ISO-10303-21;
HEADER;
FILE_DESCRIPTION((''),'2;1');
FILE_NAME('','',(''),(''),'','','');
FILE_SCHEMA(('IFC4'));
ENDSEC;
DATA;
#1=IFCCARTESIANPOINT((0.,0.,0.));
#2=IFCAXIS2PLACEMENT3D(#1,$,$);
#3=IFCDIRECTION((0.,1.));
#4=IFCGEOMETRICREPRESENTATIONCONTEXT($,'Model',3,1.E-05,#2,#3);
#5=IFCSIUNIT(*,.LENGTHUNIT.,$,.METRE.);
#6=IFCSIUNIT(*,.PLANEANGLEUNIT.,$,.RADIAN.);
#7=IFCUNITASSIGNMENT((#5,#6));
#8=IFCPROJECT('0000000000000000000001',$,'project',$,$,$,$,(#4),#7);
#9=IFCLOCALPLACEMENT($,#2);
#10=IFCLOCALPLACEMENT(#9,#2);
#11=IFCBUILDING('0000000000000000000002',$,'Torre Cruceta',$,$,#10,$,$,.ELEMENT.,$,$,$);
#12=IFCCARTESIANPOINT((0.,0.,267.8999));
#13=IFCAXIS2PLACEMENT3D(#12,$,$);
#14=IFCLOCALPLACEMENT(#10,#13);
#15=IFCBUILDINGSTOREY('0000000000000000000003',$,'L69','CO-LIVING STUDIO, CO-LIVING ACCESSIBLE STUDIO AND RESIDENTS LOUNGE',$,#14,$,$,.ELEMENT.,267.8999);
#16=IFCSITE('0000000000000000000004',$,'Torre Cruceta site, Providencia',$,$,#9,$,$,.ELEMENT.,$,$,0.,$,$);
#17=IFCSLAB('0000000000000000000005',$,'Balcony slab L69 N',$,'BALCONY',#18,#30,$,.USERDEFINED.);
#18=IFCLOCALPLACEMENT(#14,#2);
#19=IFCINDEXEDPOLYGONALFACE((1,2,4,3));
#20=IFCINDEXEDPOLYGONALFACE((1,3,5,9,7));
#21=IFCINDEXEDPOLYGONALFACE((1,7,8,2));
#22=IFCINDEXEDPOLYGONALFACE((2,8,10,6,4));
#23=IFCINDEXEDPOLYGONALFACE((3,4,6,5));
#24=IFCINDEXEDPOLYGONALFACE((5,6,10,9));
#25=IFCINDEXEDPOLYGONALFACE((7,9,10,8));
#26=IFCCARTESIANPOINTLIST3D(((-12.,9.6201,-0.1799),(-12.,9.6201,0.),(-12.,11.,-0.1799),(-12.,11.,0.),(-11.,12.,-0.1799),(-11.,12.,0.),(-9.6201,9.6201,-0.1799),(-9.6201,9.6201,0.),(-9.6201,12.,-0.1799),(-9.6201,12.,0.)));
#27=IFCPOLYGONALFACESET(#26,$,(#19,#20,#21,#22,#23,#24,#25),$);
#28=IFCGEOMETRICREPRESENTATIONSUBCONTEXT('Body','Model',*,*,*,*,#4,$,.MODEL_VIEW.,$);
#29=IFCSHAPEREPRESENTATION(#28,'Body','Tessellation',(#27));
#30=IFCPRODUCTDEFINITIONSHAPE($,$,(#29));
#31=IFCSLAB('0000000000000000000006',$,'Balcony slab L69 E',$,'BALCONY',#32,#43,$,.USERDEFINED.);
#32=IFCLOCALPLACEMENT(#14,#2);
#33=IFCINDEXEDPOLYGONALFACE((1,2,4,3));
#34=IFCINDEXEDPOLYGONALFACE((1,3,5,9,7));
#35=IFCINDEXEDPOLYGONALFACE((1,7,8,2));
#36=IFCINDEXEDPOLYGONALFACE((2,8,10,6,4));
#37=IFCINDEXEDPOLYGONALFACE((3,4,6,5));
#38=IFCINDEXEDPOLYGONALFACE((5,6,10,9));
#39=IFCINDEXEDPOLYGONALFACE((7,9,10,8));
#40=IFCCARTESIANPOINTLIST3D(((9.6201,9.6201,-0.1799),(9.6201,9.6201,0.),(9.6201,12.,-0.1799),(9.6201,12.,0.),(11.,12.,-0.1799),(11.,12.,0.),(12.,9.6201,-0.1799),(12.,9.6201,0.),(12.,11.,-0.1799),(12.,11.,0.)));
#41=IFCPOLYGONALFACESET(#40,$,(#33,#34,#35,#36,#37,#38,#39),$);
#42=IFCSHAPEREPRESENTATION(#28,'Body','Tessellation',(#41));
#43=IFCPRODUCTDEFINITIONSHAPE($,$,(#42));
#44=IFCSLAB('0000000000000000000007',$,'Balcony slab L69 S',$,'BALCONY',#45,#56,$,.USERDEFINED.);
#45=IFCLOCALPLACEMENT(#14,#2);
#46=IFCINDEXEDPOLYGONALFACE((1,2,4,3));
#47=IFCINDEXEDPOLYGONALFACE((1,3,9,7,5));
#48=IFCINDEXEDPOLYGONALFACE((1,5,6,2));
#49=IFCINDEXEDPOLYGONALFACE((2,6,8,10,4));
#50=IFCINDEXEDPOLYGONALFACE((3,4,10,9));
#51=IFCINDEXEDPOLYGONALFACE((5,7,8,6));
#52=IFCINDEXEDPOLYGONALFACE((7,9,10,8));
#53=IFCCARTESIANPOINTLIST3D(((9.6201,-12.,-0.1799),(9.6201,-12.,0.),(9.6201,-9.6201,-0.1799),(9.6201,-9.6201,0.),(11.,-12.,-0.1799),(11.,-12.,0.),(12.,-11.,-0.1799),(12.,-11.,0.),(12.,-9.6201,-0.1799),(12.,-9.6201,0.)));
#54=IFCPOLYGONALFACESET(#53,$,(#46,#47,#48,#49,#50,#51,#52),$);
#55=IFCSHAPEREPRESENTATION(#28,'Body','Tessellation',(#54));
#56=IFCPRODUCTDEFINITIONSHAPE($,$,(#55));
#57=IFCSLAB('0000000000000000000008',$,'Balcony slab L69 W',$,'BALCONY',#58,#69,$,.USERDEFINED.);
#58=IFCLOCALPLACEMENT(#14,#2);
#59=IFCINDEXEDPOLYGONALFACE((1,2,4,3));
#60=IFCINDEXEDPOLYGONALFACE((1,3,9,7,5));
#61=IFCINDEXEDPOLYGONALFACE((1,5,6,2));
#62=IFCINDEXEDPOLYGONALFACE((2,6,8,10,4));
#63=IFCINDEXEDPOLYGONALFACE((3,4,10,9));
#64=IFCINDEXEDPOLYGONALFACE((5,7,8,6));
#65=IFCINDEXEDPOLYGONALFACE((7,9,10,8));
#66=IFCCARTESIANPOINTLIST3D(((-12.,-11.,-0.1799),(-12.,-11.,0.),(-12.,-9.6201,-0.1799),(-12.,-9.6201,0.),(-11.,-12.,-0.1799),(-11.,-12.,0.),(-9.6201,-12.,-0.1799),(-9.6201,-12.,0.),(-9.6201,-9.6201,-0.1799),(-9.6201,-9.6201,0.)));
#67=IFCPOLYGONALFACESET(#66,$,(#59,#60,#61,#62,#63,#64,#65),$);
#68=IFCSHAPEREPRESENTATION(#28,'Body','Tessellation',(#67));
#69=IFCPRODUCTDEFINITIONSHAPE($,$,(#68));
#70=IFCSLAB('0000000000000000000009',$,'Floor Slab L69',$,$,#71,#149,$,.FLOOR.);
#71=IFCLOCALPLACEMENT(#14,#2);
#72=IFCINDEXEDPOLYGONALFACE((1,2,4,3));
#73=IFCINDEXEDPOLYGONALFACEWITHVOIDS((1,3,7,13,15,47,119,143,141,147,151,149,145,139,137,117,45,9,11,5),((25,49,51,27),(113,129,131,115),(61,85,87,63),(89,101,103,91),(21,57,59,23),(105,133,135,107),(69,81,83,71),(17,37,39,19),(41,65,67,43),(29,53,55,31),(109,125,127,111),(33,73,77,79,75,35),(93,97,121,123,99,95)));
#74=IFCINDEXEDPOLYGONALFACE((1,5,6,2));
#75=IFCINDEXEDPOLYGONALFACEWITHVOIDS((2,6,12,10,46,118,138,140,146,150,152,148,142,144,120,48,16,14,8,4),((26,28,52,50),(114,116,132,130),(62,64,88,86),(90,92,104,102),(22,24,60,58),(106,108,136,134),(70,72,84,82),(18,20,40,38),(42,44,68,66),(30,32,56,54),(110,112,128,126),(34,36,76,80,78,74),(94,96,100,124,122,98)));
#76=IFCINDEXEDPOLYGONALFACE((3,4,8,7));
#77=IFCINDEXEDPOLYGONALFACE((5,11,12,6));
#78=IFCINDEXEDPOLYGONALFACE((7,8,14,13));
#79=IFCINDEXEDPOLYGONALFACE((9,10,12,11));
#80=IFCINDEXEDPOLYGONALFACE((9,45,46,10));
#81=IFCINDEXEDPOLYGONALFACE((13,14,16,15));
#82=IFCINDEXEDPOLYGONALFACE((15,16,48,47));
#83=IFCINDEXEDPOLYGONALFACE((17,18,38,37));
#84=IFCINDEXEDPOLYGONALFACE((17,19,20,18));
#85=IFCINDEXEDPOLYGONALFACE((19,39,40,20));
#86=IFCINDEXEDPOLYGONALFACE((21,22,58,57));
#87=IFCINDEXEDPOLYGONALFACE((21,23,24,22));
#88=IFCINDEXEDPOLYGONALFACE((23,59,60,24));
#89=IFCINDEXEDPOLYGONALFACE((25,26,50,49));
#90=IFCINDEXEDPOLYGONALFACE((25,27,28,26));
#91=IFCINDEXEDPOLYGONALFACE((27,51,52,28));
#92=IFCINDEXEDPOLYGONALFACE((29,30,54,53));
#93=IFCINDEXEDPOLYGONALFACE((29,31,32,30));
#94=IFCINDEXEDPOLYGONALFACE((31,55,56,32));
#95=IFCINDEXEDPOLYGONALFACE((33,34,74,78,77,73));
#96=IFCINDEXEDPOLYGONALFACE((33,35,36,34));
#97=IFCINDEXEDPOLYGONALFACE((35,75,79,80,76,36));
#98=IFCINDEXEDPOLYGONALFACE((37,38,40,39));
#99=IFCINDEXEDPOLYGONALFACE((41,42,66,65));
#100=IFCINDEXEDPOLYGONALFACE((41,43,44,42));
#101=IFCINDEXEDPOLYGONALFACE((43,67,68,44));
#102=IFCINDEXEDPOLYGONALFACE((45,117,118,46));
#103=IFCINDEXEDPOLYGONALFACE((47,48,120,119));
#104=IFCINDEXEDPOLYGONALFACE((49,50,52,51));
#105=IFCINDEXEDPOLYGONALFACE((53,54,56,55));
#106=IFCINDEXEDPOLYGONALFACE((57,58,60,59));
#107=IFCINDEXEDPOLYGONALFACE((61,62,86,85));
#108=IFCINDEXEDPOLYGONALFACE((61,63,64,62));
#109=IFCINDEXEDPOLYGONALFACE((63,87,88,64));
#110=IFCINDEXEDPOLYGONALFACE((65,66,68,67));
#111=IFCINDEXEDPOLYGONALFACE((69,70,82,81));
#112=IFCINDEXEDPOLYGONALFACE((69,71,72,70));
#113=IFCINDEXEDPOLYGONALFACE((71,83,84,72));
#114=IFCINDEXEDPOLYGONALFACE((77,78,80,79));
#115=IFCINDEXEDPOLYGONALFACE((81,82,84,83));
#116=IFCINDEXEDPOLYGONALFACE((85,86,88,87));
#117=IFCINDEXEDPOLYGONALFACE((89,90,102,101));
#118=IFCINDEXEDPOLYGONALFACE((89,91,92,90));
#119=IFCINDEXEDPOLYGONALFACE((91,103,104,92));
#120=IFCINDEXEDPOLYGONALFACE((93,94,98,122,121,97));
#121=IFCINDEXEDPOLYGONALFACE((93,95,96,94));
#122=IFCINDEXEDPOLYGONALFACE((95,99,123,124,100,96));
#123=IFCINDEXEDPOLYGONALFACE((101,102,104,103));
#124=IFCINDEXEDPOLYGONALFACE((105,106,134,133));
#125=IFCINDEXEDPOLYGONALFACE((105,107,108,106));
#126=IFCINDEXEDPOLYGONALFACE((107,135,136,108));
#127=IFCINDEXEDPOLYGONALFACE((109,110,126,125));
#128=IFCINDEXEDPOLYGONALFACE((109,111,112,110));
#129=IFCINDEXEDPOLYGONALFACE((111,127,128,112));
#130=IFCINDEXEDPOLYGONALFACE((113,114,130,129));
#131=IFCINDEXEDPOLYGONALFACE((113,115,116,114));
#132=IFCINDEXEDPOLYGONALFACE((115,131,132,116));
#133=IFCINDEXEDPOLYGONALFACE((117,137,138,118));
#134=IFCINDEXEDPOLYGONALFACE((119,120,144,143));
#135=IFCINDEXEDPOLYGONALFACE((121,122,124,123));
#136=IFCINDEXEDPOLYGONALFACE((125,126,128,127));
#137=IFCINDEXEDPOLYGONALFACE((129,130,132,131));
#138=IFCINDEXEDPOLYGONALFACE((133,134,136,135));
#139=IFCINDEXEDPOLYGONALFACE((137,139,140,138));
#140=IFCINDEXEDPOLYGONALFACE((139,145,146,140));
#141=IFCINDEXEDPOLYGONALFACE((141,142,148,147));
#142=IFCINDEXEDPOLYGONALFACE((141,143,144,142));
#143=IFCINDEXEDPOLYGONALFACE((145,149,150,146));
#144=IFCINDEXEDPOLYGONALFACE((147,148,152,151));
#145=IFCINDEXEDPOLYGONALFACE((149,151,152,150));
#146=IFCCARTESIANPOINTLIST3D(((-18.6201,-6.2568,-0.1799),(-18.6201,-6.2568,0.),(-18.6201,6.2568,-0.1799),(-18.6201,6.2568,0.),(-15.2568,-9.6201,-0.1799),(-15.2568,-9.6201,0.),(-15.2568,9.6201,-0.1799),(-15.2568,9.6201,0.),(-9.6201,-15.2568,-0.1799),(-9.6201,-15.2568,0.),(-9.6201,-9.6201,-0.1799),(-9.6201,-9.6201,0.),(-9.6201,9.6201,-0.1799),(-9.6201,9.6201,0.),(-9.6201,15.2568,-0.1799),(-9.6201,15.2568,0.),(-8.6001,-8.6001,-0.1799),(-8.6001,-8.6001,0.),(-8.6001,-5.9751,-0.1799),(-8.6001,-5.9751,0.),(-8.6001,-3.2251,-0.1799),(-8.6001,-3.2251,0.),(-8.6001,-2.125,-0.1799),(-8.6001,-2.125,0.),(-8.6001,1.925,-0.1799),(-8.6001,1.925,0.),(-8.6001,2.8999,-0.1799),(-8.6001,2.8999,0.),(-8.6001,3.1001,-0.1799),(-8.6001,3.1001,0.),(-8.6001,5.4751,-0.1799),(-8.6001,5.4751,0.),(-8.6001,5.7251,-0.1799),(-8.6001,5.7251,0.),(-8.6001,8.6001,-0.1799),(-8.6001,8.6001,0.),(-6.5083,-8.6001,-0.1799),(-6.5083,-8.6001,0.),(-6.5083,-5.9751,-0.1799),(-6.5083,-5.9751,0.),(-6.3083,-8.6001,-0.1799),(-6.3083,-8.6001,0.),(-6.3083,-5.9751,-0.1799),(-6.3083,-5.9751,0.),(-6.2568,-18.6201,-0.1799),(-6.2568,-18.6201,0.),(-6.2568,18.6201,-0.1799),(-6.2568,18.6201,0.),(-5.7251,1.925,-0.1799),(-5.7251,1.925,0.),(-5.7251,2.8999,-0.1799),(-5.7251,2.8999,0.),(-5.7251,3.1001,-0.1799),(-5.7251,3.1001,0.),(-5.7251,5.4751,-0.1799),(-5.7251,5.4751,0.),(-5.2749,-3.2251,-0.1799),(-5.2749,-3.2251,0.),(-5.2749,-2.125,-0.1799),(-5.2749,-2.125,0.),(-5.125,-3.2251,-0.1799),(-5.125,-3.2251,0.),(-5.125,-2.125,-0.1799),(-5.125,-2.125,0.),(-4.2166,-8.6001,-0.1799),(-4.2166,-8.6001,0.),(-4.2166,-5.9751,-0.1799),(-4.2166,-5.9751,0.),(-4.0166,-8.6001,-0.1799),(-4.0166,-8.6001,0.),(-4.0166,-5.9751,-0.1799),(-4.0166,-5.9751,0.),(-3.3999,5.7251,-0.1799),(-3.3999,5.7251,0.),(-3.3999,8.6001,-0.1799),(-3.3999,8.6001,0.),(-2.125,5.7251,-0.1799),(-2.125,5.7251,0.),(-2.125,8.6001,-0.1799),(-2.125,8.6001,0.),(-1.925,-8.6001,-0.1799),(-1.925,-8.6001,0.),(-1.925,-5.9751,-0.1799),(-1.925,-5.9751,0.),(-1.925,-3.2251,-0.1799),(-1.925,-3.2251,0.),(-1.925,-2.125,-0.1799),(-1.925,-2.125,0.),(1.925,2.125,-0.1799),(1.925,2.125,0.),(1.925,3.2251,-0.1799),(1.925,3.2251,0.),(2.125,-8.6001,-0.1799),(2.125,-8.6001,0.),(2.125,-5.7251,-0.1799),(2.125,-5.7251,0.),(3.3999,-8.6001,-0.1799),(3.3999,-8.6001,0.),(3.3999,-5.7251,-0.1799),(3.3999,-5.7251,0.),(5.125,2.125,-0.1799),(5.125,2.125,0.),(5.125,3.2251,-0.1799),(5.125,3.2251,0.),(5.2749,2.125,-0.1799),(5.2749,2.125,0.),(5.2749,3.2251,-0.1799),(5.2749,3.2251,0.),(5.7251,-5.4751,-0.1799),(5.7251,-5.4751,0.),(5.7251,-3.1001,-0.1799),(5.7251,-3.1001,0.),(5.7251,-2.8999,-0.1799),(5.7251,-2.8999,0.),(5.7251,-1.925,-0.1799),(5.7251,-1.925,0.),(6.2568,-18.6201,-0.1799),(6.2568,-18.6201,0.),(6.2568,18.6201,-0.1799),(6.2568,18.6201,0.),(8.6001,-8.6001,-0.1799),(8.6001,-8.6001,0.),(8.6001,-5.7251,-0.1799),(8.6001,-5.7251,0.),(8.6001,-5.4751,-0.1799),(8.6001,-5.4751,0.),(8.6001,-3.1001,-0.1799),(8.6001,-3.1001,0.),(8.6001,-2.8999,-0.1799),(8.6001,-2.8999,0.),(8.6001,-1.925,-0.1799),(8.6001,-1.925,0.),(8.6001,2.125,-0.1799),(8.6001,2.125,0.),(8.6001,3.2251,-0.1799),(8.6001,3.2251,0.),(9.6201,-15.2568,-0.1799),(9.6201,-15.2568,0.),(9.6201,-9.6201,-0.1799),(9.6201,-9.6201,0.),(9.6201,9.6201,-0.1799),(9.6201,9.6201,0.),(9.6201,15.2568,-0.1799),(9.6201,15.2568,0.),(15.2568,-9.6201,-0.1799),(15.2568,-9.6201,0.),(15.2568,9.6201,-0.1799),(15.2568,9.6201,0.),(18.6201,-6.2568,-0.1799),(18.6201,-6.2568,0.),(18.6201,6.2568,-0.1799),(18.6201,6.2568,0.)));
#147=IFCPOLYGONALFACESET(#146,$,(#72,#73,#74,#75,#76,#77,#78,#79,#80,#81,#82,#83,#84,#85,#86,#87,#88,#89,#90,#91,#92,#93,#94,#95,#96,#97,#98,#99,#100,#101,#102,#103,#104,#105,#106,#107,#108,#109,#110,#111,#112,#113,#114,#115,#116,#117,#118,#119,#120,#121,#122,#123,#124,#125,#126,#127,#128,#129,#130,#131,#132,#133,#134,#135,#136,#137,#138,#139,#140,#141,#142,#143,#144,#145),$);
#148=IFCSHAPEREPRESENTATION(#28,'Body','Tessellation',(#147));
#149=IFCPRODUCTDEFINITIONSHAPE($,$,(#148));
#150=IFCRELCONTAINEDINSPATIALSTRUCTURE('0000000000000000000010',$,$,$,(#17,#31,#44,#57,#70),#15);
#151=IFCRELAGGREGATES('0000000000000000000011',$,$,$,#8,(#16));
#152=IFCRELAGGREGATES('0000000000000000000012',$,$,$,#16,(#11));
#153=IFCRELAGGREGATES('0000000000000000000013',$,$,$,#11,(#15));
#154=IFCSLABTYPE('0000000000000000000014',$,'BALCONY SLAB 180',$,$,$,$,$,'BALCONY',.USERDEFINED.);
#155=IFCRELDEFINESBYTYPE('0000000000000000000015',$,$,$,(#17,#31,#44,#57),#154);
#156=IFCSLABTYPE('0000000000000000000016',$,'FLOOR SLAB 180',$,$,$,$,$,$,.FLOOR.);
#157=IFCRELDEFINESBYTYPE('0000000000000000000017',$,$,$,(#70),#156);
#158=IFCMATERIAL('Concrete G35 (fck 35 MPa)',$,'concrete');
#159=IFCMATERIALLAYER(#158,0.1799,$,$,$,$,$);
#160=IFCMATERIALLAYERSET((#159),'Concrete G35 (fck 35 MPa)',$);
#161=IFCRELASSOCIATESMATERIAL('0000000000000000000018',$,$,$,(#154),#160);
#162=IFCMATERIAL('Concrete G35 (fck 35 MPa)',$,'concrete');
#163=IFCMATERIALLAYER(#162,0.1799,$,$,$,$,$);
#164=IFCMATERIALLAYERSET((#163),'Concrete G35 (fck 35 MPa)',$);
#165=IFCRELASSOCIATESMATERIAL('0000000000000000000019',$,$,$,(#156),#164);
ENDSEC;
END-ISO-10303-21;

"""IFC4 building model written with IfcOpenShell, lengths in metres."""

from ifc_helpers import new_model, si_unit, direction, frame, origin, place, context, subcontext, project, spatial, polyline, outline, extrude, material, layer, layer_set, type_object, element, save


model = new_model("IFC4")

# Units and contexts
model_context = context("Model", 3, precision=1e-05, world=origin(), true_north=direction((0.0, 1.0)))
body_context = subcontext(model_context, "Body", "Model", "MODEL_VIEW")
ifc_project = project(units=[si_unit("LENGTHUNIT", "METRE"), si_unit("PLANEANGLEUNIT", "RADIAN")], contexts=[model_context])

# Site, building, storey
site_placement = place(None, origin())
site = spatial("IfcSite", under=ifc_project, at=site_placement, Name="Torre Cruceta site, Providencia", CompositionType="ELEMENT", RefElevation=0.0)
building_placement = place(site_placement, origin())
building = spatial("IfcBuilding", under=site, at=building_placement, Name="Torre Cruceta", CompositionType="ELEMENT")
storey_placement = place(building_placement, frame((0.0, 0.0, 267.8999)))
storey = spatial("IfcBuildingStorey", under=building, at=storey_placement, Name="L69", Description="CO-LIVING STUDIO, CO-LIVING ACCESSIBLE STUDIO AND RESIDENTS LOUNGE", CompositionType="ELEMENT", Elevation=267.8999)

# Slabs
ifc_material_1 = material(Name="Concrete G35 (fck 35 MPa)", Category="concrete")
ifc_layer_1 = layer(ifc_material_1, 0.1799)
ifc_layer_set_1 = layer_set([ifc_layer_1], Name="Concrete G35 (fck 35 MPa)")
slab_type_1 = type_object("IfcSlabType", Name="BALCONY SLAB 180", ElementType="BALCONY", PredefinedType="USERDEFINED", material=ifc_layer_set_1)
slab_1_placement = place(storey_placement, frame((0.0, 0.0, -0.1799)))
element("IfcSlab", 1, at=slab_1_placement, inside=storey, type_object=slab_type_1, Name="Balcony slab L69 N", ObjectType="BALCONY", PredefinedType="USERDEFINED", context=body_context, shape_type="SweptSolid", body=[
    extrude(outline(polyline([(-12.0, 11.0), (-11.0, 12.0), (-9.6201, 12.0), (-9.6201, 9.6201), (-12.0, 9.6201), (-12.0, 11.0)])), origin(), (0.0, 0.0, 1.0), 0.1799),
])
slab_2_placement = place(storey_placement, frame((0.0, 0.0, -0.1799)))
element("IfcSlab", 2, at=slab_2_placement, inside=storey, type_object=slab_type_1, Name="Balcony slab L69 E", ObjectType="BALCONY", PredefinedType="USERDEFINED", context=body_context, shape_type="SweptSolid", body=[
    extrude(outline(polyline([(11.0, 12.0), (12.0, 11.0), (12.0, 9.6201), (9.6201, 9.6201), (9.6201, 12.0), (11.0, 12.0)])), origin(), (0.0, 0.0, 1.0), 0.1799),
])
slab_3_placement = place(storey_placement, frame((0.0, 0.0, -0.1799)))
element("IfcSlab", 3, at=slab_3_placement, inside=storey, type_object=slab_type_1, Name="Balcony slab L69 S", ObjectType="BALCONY", PredefinedType="USERDEFINED", context=body_context, shape_type="SweptSolid", body=[
    extrude(outline(polyline([(12.0, -11.0), (11.0, -12.0), (9.6201, -12.0), (9.6201, -9.6201), (12.0, -9.6201), (12.0, -11.0)])), origin(), (0.0, 0.0, 1.0), 0.1799),
])
slab_4_placement = place(storey_placement, frame((0.0, 0.0, -0.1799)))
element("IfcSlab", 4, at=slab_4_placement, inside=storey, type_object=slab_type_1, Name="Balcony slab L69 W", ObjectType="BALCONY", PredefinedType="USERDEFINED", context=body_context, shape_type="SweptSolid", body=[
    extrude(outline(polyline([(-11.0, -12.0), (-12.0, -11.0), (-12.0, -9.6201), (-9.6201, -9.6201), (-9.6201, -12.0), (-11.0, -12.0)])), origin(), (0.0, 0.0, 1.0), 0.1799),
])
ifc_material_2 = material(Name="Concrete G35 (fck 35 MPa)", Category="concrete")
ifc_layer_2 = layer(ifc_material_2, 0.1799)
ifc_layer_set_2 = layer_set([ifc_layer_2], Name="Concrete G35 (fck 35 MPa)")
slab_type_2 = type_object("IfcSlabType", Name="FLOOR SLAB 180", PredefinedType="FLOOR", material=ifc_layer_set_2)
slab_5_placement = place(storey_placement, frame((0.0, 0.0, -0.1799)))
element("IfcSlab", 5, at=slab_5_placement, inside=storey, type_object=slab_type_2, Name="Floor Slab L69", PredefinedType="FLOOR", context=body_context, shape_type="SweptSolid", body=[
    extrude(outline(polyline([(9.6201, -9.6201), (9.6201, -15.2568), (6.2568, -18.6201), (-6.2568, -18.6201), (-9.6201, -15.2568), (-9.6201, -9.6201), (-15.2568, -9.6201), (-18.6201, -6.2568), (-18.6201, 6.2568), (-15.2568, 9.6201), (-9.6201, 9.6201), (-9.6201, 15.2568), (-6.2568, 18.6201), (6.2568, 18.6201), (9.6201, 15.2568), (9.6201, 9.6201), (15.2568, 9.6201), (18.6201, 6.2568), (18.6201, -6.2568), (15.2568, -9.6201), (9.6201, -9.6201)]), holes=[polyline([(1.925, 2.125), (5.125, 2.125), (5.125, 3.2251), (1.925, 3.2251), (1.925, 2.125)]), polyline([(5.2749, 2.125), (8.6001, 2.125), (8.6001, 3.2251), (5.2749, 3.2251), (5.2749, 2.125)]), polyline([(-8.6001, 3.1001), (-5.7251, 3.1001), (-5.7251, 5.4751), (-8.6001, 5.4751), (-8.6001, 3.1001)]), polyline([(-8.6001, 1.925), (-5.7251, 1.925), (-5.7251, 2.8999), (-8.6001, 2.8999), (-8.6001, 1.925)]), polyline([(-4.0166, -8.6001), (-1.925, -8.6001), (-1.925, -5.9751), (-4.0166, -5.9751), (-4.0166, -8.6001)]), polyline([(-6.3083, -8.6001), (-4.2166, -8.6001), (-4.2166, -5.9751), (-6.3083, -5.9751), (-6.3083, -8.6001)]), polyline([(-8.6001, -8.6001), (-6.5083, -8.6001), (-6.5083, -5.9751), (-8.6001, -5.9751), (-8.6001, -8.6001)]), polyline([(-5.125, -3.2251), (-1.925, -3.2251), (-1.925, -2.125), (-5.125, -2.125), (-5.125, -3.2251)]), polyline([(-8.6001, -3.2251), (-5.2749, -3.2251), (-5.2749, -2.125), (-8.6001, -2.125), (-8.6001, -3.2251)]), polyline([(5.7251, -5.4751), (8.6001, -5.4751), (8.6001, -3.1001), (5.7251, -3.1001), (5.7251, -5.4751)]), polyline([(5.7251, -2.8999), (8.6001, -2.8999), (8.6001, -1.925), (5.7251, -1.925), (5.7251, -2.8999)]), polyline([(-8.6001, 5.7251), (-8.6001, 8.6001), (-3.3999, 8.6001), (-2.125, 8.6001), (-2.125, 5.7251), (-3.3999, 5.7251), (-8.6001, 5.7251)]), polyline([(2.125, -5.7251), (3.3999, -5.7251), (8.6001, -5.7251), (8.6001, -8.6001), (3.3999, -8.6001), (2.125, -8.6001), (2.125, -5.7251)])]), origin(), (0.0, 0.0, 1.0), 0.1799),
])

save(model, "model.ifc")
